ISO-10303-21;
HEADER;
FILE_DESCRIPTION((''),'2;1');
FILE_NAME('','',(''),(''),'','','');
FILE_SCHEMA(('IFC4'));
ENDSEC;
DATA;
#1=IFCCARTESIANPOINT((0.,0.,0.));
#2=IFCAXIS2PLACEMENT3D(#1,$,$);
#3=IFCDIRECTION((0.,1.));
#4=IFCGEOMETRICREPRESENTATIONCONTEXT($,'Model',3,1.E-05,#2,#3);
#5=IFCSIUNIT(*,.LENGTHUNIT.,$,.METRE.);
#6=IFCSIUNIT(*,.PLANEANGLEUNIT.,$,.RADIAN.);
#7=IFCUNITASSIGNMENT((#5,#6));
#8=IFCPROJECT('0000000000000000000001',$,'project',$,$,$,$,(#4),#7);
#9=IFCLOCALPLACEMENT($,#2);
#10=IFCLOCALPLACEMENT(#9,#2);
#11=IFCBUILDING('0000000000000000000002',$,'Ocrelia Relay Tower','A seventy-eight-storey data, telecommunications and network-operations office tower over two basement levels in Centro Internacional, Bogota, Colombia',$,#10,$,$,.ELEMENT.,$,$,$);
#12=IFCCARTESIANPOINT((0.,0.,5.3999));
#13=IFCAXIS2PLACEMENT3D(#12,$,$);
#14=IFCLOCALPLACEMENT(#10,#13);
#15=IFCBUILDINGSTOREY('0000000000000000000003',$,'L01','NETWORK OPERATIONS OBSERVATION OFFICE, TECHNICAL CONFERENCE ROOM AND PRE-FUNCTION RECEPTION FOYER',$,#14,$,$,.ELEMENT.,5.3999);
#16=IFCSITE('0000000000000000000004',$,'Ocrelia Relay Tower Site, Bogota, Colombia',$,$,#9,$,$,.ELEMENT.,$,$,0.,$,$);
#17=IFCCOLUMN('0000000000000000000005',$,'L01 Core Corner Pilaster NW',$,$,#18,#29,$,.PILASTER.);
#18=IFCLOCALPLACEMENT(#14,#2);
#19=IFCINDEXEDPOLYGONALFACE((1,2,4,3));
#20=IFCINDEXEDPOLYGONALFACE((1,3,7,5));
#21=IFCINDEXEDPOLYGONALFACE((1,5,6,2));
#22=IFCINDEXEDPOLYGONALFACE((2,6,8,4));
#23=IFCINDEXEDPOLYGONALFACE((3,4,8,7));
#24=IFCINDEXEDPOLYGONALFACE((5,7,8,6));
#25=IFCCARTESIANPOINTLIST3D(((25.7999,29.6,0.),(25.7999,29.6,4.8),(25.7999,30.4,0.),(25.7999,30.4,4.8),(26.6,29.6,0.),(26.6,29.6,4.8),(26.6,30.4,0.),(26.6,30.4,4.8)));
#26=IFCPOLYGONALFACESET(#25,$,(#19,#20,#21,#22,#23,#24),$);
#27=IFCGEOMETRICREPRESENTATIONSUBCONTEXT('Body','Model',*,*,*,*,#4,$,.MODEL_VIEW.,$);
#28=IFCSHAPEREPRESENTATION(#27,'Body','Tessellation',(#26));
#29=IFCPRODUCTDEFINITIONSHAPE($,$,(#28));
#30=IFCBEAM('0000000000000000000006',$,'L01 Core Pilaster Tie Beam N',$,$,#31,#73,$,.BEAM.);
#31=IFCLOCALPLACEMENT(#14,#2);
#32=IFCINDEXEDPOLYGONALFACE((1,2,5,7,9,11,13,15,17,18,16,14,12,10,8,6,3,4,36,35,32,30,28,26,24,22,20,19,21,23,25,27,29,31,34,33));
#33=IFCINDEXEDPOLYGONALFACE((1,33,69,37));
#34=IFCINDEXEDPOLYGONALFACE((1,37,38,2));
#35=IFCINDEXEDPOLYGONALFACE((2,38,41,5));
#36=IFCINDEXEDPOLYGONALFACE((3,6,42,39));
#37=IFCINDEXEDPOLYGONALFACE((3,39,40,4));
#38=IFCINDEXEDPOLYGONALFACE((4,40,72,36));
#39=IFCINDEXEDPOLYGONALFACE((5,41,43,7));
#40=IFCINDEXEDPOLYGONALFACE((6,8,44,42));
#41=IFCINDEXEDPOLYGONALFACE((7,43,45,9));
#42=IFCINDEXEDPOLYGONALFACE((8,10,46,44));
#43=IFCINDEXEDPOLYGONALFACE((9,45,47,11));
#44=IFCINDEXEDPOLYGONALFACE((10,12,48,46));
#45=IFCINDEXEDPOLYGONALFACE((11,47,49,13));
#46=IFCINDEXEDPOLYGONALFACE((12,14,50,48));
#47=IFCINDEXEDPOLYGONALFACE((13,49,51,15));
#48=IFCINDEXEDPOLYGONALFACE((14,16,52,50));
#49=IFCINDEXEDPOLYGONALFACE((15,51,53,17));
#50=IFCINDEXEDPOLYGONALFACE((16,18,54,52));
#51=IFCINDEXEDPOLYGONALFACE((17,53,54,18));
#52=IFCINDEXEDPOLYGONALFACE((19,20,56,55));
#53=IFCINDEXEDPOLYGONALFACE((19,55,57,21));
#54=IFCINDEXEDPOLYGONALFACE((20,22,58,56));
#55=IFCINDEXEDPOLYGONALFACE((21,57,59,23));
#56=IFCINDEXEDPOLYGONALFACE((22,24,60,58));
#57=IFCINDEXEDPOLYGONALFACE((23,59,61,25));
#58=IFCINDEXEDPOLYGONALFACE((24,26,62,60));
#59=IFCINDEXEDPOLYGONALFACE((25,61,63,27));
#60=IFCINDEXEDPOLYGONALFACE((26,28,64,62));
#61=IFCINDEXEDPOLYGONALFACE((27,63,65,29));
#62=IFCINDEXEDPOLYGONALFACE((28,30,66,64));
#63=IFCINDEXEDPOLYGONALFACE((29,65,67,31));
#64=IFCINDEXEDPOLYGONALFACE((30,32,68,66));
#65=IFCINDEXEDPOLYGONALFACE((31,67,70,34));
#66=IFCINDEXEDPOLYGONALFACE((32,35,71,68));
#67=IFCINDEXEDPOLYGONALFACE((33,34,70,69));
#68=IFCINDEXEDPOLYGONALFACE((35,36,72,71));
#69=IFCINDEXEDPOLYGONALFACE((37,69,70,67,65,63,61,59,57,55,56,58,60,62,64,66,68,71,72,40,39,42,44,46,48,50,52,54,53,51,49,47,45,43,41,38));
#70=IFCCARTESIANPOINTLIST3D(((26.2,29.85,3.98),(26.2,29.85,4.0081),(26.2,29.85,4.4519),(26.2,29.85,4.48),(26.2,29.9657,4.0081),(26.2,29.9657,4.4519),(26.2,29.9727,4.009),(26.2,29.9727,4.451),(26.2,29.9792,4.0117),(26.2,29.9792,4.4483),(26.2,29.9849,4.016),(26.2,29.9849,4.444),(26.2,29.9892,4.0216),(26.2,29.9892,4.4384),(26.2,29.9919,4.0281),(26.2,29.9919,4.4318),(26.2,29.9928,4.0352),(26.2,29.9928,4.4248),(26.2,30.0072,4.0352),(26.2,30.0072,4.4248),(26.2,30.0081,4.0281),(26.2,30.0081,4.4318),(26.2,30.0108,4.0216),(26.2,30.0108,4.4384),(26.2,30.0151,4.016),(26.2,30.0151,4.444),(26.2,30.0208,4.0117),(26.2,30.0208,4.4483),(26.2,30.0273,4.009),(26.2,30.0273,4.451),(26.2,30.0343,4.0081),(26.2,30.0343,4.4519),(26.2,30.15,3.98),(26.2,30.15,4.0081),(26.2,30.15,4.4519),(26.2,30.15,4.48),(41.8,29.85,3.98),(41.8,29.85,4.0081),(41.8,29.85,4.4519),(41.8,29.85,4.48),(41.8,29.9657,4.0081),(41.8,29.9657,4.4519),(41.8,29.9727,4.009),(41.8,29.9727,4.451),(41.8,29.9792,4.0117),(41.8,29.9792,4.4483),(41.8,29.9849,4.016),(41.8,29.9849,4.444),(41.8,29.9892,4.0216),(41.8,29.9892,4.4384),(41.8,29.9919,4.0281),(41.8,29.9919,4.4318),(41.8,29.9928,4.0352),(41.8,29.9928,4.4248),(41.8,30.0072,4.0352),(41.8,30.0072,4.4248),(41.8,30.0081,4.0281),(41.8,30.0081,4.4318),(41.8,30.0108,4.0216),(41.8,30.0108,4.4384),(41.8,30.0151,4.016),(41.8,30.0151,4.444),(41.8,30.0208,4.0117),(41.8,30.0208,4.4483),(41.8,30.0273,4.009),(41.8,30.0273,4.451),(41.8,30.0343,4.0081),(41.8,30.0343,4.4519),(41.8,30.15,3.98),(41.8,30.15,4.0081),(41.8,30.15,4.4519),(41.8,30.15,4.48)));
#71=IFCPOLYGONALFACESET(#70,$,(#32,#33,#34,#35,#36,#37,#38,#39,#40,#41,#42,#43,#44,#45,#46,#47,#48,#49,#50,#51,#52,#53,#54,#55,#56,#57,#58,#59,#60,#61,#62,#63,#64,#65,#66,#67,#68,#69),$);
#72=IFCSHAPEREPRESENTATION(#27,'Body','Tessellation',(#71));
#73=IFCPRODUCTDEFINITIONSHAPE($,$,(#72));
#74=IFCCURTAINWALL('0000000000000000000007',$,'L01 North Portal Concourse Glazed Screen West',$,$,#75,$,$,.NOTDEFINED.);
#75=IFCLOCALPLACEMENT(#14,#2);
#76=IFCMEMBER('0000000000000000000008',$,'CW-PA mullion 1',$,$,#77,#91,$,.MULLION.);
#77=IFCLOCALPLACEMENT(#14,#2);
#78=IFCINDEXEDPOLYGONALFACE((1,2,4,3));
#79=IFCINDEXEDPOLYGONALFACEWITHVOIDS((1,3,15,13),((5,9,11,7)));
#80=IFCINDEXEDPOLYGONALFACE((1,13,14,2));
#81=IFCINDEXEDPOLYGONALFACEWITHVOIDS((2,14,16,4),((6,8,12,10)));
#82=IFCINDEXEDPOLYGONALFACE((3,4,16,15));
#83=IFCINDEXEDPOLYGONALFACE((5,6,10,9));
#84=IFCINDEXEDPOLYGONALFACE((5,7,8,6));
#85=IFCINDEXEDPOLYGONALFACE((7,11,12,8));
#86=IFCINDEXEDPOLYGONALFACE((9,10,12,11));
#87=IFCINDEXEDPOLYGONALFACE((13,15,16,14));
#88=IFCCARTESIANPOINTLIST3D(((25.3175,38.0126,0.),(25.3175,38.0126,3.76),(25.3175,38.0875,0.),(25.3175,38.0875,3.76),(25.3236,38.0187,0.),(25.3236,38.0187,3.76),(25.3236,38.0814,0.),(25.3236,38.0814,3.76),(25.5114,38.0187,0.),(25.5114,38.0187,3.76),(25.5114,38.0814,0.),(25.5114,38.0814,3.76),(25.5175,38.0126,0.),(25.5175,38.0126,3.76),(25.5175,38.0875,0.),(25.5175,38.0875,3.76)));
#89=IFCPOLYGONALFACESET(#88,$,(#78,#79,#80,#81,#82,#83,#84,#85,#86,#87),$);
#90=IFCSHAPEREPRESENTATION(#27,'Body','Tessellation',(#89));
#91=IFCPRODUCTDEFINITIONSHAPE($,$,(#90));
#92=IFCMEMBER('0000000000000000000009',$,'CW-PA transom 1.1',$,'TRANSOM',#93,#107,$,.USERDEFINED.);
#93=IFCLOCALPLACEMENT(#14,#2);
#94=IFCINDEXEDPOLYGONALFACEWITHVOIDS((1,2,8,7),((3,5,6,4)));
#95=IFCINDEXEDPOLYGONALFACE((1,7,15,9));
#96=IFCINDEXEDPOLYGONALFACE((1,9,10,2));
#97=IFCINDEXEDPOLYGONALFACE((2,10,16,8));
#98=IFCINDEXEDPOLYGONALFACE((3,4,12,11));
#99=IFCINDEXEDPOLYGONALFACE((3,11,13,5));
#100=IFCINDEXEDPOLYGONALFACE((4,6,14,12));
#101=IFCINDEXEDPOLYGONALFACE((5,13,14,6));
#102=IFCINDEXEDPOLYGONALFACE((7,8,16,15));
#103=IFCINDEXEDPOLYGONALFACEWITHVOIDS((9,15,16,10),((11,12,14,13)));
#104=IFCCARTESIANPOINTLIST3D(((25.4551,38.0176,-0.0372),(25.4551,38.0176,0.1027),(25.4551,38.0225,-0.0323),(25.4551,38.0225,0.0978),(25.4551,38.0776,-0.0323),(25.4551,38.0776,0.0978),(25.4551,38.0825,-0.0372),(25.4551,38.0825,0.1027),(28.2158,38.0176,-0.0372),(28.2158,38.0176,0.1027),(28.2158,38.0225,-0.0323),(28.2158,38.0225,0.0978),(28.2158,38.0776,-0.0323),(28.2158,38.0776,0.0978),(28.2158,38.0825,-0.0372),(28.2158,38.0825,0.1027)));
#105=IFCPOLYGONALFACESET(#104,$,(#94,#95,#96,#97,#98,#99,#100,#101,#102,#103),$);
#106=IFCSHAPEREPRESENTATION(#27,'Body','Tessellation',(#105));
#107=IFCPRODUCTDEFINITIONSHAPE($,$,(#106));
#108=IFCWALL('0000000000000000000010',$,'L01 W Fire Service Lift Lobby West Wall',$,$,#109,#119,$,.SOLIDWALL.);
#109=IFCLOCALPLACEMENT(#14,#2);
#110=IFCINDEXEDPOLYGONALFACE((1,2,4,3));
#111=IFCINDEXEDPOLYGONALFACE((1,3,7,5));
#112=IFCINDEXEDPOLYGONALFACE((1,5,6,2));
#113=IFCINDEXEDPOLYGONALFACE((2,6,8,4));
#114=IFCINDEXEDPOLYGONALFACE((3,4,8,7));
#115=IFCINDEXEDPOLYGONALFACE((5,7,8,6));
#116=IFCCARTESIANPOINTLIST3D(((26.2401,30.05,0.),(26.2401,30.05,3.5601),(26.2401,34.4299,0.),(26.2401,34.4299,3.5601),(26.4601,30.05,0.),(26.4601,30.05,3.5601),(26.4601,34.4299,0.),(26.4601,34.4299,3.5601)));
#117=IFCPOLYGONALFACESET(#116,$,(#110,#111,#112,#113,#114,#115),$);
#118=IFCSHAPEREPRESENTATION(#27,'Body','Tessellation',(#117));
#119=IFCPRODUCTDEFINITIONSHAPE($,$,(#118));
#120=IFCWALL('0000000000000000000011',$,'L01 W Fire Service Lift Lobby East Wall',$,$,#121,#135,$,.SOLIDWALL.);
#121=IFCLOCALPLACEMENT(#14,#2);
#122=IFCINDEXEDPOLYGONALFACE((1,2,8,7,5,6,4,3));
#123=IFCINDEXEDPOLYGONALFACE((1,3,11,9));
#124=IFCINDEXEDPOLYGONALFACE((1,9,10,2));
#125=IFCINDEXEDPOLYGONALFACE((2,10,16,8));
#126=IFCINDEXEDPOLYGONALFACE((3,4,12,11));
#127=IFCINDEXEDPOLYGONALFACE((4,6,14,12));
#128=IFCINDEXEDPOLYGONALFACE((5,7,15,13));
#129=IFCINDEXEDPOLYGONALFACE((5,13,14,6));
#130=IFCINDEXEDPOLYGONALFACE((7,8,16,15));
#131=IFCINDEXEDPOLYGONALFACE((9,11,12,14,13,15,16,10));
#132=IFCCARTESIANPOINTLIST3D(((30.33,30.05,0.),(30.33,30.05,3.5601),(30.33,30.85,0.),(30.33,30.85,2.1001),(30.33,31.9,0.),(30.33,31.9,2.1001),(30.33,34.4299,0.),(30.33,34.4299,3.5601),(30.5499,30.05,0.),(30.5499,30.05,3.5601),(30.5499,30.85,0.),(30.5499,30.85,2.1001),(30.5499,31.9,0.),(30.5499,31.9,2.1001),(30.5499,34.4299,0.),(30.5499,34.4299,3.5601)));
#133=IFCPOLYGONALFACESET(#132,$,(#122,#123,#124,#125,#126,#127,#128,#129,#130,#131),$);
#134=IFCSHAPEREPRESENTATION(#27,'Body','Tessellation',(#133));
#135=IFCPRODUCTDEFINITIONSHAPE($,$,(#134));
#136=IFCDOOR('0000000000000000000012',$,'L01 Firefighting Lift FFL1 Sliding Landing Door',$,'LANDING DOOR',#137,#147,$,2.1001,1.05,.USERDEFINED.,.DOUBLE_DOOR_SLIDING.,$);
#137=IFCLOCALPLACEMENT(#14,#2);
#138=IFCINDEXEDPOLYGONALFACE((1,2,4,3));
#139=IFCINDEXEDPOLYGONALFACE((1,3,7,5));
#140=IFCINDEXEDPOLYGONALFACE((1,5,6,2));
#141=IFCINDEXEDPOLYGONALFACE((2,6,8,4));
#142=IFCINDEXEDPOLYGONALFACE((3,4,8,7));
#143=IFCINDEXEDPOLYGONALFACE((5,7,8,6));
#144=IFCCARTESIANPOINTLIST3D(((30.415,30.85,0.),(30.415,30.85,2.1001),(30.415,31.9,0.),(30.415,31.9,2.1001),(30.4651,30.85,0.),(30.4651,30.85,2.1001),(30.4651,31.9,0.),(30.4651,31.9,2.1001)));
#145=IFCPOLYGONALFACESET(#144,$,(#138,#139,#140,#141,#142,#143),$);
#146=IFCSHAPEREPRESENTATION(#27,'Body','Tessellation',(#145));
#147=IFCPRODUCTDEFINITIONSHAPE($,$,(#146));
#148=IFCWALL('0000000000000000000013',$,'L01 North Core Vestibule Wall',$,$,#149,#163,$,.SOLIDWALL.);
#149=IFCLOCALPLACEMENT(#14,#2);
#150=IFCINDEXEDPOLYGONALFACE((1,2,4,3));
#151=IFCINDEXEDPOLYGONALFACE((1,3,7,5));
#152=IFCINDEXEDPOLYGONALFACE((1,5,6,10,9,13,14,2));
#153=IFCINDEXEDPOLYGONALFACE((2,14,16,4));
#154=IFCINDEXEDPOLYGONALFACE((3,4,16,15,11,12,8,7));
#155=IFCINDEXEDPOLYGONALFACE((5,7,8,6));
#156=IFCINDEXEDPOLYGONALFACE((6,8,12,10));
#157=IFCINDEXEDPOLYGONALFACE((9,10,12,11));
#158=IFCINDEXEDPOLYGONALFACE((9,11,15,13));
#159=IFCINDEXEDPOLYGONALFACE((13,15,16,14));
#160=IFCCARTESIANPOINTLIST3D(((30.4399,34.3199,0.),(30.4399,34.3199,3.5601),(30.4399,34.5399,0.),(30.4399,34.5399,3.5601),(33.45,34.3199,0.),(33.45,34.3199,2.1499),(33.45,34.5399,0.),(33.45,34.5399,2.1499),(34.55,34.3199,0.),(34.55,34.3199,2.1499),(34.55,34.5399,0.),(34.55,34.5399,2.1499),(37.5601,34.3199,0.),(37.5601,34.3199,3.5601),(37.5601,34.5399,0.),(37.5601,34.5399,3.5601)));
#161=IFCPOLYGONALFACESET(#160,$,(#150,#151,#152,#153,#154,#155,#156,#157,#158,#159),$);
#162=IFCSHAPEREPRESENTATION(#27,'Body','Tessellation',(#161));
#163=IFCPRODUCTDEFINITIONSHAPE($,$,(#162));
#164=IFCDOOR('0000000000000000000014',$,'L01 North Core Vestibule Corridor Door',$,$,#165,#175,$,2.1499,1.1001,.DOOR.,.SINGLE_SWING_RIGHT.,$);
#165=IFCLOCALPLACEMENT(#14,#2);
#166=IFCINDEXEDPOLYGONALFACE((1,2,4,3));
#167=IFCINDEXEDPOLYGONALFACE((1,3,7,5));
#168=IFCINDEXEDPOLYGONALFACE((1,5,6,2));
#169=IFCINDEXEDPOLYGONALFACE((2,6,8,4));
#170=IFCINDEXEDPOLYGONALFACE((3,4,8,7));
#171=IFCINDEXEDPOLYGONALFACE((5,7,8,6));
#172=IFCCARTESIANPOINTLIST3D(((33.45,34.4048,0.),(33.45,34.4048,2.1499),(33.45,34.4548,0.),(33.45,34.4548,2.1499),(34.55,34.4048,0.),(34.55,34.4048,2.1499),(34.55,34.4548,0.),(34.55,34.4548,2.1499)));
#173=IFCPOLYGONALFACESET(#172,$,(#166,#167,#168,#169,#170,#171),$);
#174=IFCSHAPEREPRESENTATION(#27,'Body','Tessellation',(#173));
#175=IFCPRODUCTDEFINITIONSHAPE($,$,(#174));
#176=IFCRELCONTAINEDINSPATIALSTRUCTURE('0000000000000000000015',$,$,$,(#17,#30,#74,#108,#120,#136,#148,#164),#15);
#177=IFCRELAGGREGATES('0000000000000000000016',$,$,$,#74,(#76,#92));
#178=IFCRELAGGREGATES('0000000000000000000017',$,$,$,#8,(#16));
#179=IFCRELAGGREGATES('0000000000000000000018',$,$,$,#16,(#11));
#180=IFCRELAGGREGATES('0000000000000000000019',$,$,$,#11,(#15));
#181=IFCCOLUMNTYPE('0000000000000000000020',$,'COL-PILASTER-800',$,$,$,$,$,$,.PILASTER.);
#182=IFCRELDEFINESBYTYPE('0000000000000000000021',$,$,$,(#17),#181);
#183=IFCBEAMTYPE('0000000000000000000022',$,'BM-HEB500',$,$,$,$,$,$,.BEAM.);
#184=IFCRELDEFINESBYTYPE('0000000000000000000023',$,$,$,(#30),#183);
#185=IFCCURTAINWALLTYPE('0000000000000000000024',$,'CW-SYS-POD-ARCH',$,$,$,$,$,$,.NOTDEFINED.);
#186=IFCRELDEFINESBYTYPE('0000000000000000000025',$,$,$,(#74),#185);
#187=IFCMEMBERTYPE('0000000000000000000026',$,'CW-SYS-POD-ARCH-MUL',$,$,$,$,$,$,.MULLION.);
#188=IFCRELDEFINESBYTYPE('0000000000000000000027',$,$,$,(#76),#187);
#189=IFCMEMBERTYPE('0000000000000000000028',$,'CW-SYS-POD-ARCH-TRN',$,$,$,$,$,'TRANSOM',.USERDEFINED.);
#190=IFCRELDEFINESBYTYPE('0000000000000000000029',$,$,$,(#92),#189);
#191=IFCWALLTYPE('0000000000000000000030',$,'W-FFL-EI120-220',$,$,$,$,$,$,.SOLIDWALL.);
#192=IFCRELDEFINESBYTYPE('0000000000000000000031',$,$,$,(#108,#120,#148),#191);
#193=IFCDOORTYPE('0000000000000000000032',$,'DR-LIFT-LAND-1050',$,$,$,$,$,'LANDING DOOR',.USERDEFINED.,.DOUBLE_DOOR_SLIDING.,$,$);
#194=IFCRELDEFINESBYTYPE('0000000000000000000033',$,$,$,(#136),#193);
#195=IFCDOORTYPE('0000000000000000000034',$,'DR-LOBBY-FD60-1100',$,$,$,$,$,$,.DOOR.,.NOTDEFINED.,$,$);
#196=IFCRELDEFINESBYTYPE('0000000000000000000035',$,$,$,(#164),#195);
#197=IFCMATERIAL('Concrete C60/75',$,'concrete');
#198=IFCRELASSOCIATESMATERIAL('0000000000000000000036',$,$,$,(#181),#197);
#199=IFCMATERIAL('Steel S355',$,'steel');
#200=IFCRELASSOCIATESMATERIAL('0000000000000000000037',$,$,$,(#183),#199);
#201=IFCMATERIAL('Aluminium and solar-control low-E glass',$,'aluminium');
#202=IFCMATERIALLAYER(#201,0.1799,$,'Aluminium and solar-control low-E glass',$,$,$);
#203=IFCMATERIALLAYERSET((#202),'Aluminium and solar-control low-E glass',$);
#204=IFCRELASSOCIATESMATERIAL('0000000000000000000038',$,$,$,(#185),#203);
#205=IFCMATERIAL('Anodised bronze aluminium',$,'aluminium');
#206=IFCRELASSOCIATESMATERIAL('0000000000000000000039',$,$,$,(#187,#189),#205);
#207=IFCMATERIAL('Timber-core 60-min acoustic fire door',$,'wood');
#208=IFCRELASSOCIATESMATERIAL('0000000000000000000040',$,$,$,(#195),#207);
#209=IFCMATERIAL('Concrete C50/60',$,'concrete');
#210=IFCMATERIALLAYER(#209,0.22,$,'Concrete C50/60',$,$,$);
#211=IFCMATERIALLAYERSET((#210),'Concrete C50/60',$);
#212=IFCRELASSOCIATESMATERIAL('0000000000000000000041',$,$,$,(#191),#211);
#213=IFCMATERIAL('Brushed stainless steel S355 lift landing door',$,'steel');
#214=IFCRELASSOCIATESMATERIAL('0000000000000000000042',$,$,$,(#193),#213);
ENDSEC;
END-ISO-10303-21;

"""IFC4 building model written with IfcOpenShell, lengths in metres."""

from ifc_helpers import new_model, si_unit, direction, frame, frame_2d, origin, origin_2d, place, context, subcontext, project, spatial, rectangle, hollow_rectangle, i_section, extrude, material, layer, layer_set, material_profile, profile_set, type_object, element, fill, aggregate, save


model = new_model("IFC4")

# Units and contexts
model_context = context("Model", 3, precision=1e-05, world=origin(), true_north=direction((0.0, 1.0)))
body_context = subcontext(model_context, "Body", "Model", "MODEL_VIEW")
ifc_project = project(units=[si_unit("LENGTHUNIT", "METRE"), si_unit("PLANEANGLEUNIT", "RADIAN")], contexts=[model_context])

# Site, building, storey
site_placement = place(None, origin())
site = spatial("IfcSite", under=ifc_project, at=site_placement, Name="Ocrelia Relay Tower Site, Bogota, Colombia", CompositionType="ELEMENT", RefElevation=0.0)
building_placement = place(site_placement, origin())
building = spatial("IfcBuilding", under=site, at=building_placement, Name="Ocrelia Relay Tower", Description="A seventy-eight-storey data, telecommunications and network-operations office tower over two basement levels in Centro Internacional, Bogota, Colombia", CompositionType="ELEMENT")
storey_placement = place(building_placement, frame((0.0, 0.0, 5.3999)))
storey = spatial("IfcBuildingStorey", under=building, at=storey_placement, Name="L01", Description="NETWORK OPERATIONS OBSERVATION OFFICE, TECHNICAL CONFERENCE ROOM AND PRE-FUNCTION RECEPTION FOYER", CompositionType="ELEMENT", Elevation=5.3999)

# Column
ifc_material_1 = material(Name="Concrete C60/75", Category="concrete")
ifc_material_profile_1 = material_profile(ifc_material_1, rectangle(XDim=0.8, YDim=0.8, at=origin_2d()), Name="RC-COL-800x800")
ifc_profile_set_1 = profile_set([ifc_material_profile_1], Name="Concrete C60/75")
column_type = type_object("IfcColumnType", Name="COL-PILASTER-800", PredefinedType="PILASTER", material=ifc_profile_set_1)
column_placement = place(storey_placement, frame((26.2, 30.0, 0.0), z_axis=(0.0, 0.0, 1.0), x_axis=(1.0, 0.0, 0.0)))
element("IfcColumn", 1, at=column_placement, inside=storey, type_object=column_type, Name="L01 Core Corner Pilaster NW", PredefinedType="PILASTER", context=body_context, shape_type="SweptSolid", body=[
    extrude(rectangle(XDim=0.8, YDim=0.8, at=origin_2d()), origin(), (0.0, 0.0, 1.0), 4.8),
])

# Beam
ifc_material_2 = material(Name="Steel S355", Category="steel")
ifc_material_profile_2 = material_profile(ifc_material_2, i_section(OverallWidth=0.3, OverallDepth=0.5, WebThickness=0.0144, FlangeThickness=0.0281, FilletRadius=0.0271, at=origin_2d()), Name="HEB 500")
ifc_profile_set_2 = profile_set([ifc_material_profile_2], Name="Steel S355")
beam_type = type_object("IfcBeamType", Name="BM-HEB500", PredefinedType="BEAM", material=ifc_profile_set_2)
beam_placement = place(storey_placement, frame((26.2, 30.0, 4.23), z_axis=(1.0, 0.0, 0.0), x_axis=(0.0, 1.0, 0.0)))
element("IfcBeam", 2, at=beam_placement, inside=storey, type_object=beam_type, Name="L01 Core Pilaster Tie Beam N", PredefinedType="BEAM", context=body_context, shape_type="SweptSolid", body=[
    extrude(i_section(OverallWidth=0.3, OverallDepth=0.5, WebThickness=0.0144, FlangeThickness=0.0281, FilletRadius=0.0271, at=origin_2d()), origin(), (0.0, 0.0, 1.0), 15.6001),
])

# Curtain wall, members
ifc_material_3 = material(Name="Aluminium and solar-control low-E glass", Category="aluminium")
ifc_layer_1 = layer(ifc_material_3, 0.1799, Name="Aluminium and solar-control low-E glass")
ifc_layer_set_1 = layer_set([ifc_layer_1], Name="Aluminium and solar-control low-E glass")
curtain_wall_type = type_object("IfcCurtainWallType", Name="CW-SYS-POD-ARCH", PredefinedType="NOTDEFINED", material=ifc_layer_set_1)
curtain_wall_placement = place(storey_placement, origin())
curtain_wall = element("IfcCurtainWall", 3, at=curtain_wall_placement, inside=storey, type_object=curtain_wall_type, Name="L01 North Portal Concourse Glazed Screen West", PredefinedType="NOTDEFINED")
ifc_material_4 = material(Name="Anodised bronze aluminium", Category="aluminium")
ifc_material_profile_3 = material_profile(ifc_material_4, hollow_rectangle(XDim=0.075, YDim=0.2, WallThickness=0.0061, at=origin_2d()), Name="CW-MUL-200x75")
ifc_profile_set_3 = profile_set([ifc_material_profile_3], Name="Anodised bronze aluminium")
member_type_1 = type_object("IfcMemberType", Name="CW-SYS-POD-ARCH-MUL", PredefinedType="MULLION", material=ifc_profile_set_3)
member_1_placement = place(storey_placement, frame((25.4175, 38.05, 0.0), z_axis=(0.0, 0.0, 1.0), x_axis=(0.0, 1.0, 0.0)))
member_1 = element("IfcMember", 4, at=member_1_placement, type_object=member_type_1, Name="CW-PA mullion 1", PredefinedType="MULLION", context=body_context, shape_type="SweptSolid", body=[
    extrude(hollow_rectangle(XDim=0.075, YDim=0.2, WallThickness=0.0061, at=origin_2d()), origin(), (0.0, 0.0, 1.0), 3.76),
])
ifc_material_profile_4 = material_profile(ifc_material_4, hollow_rectangle(XDim=0.0649, YDim=0.1399, WallThickness=0.0049, at=origin_2d()), Name="CW-TRN-140x65")
ifc_profile_set_4 = profile_set([ifc_material_profile_4], Name="Anodised bronze aluminium")
member_type_2 = type_object("IfcMemberType", Name="CW-SYS-POD-ARCH-TRN", ElementType="TRANSOM", PredefinedType="USERDEFINED", material=ifc_profile_set_4)
member_2_placement = place(storey_placement, frame((25.4551, 38.05, 0.0327), z_axis=(1.0, 0.0, 0.0), x_axis=(0.0, 1.0, 0.0)))
member_2 = element("IfcMember", 5, at=member_2_placement, type_object=member_type_2, Name="CW-PA transom 1.1", ObjectType="TRANSOM", PredefinedType="USERDEFINED", context=body_context, shape_type="SweptSolid", body=[
    extrude(hollow_rectangle(XDim=0.0649, YDim=0.1399, WallThickness=0.0049, at=origin_2d()), origin(), (0.0, 0.0, 1.0), 2.7607),
])
aggregate(curtain_wall, [member_1, member_2])

# Shared definitions
ifc_material_5 = material(Name="Timber-core 60-min acoustic fire door", Category="wood")
door_type_1 = type_object("IfcDoorType", Name="DR-LOBBY-FD60-1100", OperationType="NOTDEFINED", PredefinedType="DOOR", material=ifc_material_5)

# Wall
ifc_material_6 = material(Name="Concrete C50/60", Category="concrete")
ifc_layer_2 = layer(ifc_material_6, 0.22, Name="Concrete C50/60")
ifc_layer_set_2 = layer_set([ifc_layer_2], Name="Concrete C50/60")
wall_type_1 = type_object("IfcWallType", Name="W-FFL-EI120-220", PredefinedType="SOLIDWALL", material=ifc_layer_set_2)
wall_1_placement = place(storey_placement, frame((26.3501, 30.05, 0.0), z_axis=(0.0, 0.0, 1.0), x_axis=(0.0, 1.0, 0.0)))
element("IfcWall", 6, at=wall_1_placement, inside=storey, type_object=wall_type_1, Name="L01 W Fire Service Lift Lobby West Wall", PredefinedType="SOLIDWALL", context=body_context, shape_type="SweptSolid", body=[
    extrude(rectangle(XDim=4.3799, YDim=0.22, at=frame_2d((2.1899, 0.0))), origin(), (0.0, 0.0, 1.0), 3.5601),
])

# Walls, openings, doors
wall_2_placement = place(storey_placement, frame((30.4399, 30.05, 0.0), z_axis=(0.0, 0.0, 1.0), x_axis=(0.0, 1.0, 0.0)))
wall_2 = element("IfcWall", 7, at=wall_2_placement, inside=storey, type_object=wall_type_1, Name="L01 W Fire Service Lift Lobby East Wall", PredefinedType="SOLIDWALL", context=body_context, shape_type="SweptSolid", body=[
    extrude(rectangle(XDim=4.3799, YDim=0.22, at=frame_2d((2.1899, 0.0))), origin(), (0.0, 0.0, 1.0), 3.5601),
])
opening_1_placement = place(wall_2_placement, frame((0.8, 0.0, 0.0)))
opening_1 = element("IfcOpeningElement", 8, at=opening_1_placement, cuts=wall_2, PredefinedType="OPENING", context=body_context, shape_type="SweptSolid", body=[
    extrude(rectangle(XDim=1.05, YDim=2.1001, at=frame_2d((0.5249, 1.05))), frame((0.0, 0.1201, 0.0), z_axis=(0.0, -1.0, 0.0), x_axis=(1.0, 0.0, 0.0)), (0.0, 0.0, 1.0), 0.24),
])
ifc_material_7 = material(Name="Brushed stainless steel S355 lift landing door", Category="steel")
door_type_2 = type_object("IfcDoorType", Name="DR-LIFT-LAND-1050", ElementType="LANDING DOOR", OperationType="DOUBLE_DOOR_SLIDING", PredefinedType="USERDEFINED", material=ifc_material_7)
door_1_placement = place(opening_1_placement, origin())
door_1 = element("IfcDoor", 9, at=door_1_placement, inside=storey, type_object=door_type_2, Name="L01 Firefighting Lift FFL1 Sliding Landing Door", ObjectType="LANDING DOOR", OperationType="DOUBLE_DOOR_SLIDING", OverallHeight=2.1001, OverallWidth=1.05, PredefinedType="USERDEFINED", context=body_context, shape_type="SweptSolid", body=[
    extrude(rectangle(XDim=1.05, YDim=2.1001, at=frame_2d((0.5249, 1.05))), frame((0.0, 0.0249, 0.0), z_axis=(0.0, -1.0, 0.0), x_axis=(1.0, 0.0, 0.0)), (0.0, 0.0, 1.0), 0.05),
])
fill(opening_1, door_1)
wall_3_placement = place(storey_placement, frame((30.4399, 34.4299, 0.0), z_axis=(0.0, 0.0, 1.0), x_axis=(1.0, 0.0, 0.0)))
wall_3 = element("IfcWall", 10, at=wall_3_placement, inside=storey, type_object=wall_type_1, Name="L01 North Core Vestibule Wall", PredefinedType="SOLIDWALL", context=body_context, shape_type="SweptSolid", body=[
    extrude(rectangle(XDim=7.1201, YDim=0.22, at=frame_2d((3.5601, 0.0))), origin(), (0.0, 0.0, 1.0), 3.5601),
])
opening_2_placement = place(wall_3_placement, frame((3.01, 0.0, 0.0)))
opening_2 = element("IfcOpeningElement", 11, at=opening_2_placement, cuts=wall_3, PredefinedType="OPENING", context=body_context, shape_type="SweptSolid", body=[
    extrude(rectangle(XDim=1.1001, YDim=2.1499, at=frame_2d((0.55, 1.075))), frame((0.0, 0.1201, 0.0), z_axis=(0.0, -1.0, 0.0), x_axis=(1.0, 0.0, 0.0)), (0.0, 0.0, 1.0), 0.24),
])
door_2_placement = place(opening_2_placement, origin())
door_2 = element("IfcDoor", 12, at=door_2_placement, inside=storey, type_object=door_type_1, Name="L01 North Core Vestibule Corridor Door", OperationType="SINGLE_SWING_RIGHT", OverallHeight=2.1499, OverallWidth=1.1001, PredefinedType="DOOR", context=body_context, shape_type="SweptSolid", body=[
    extrude(rectangle(XDim=1.1001, YDim=2.1499, at=frame_2d((0.55, 1.075))), frame((0.0, 0.0249, 0.0), z_axis=(0.0, -1.0, 0.0), x_axis=(1.0, 0.0, 0.0)), (0.0, 0.0, 1.0), 0.05),
])
fill(opening_2, door_2)

save(model, "model.ifc")
